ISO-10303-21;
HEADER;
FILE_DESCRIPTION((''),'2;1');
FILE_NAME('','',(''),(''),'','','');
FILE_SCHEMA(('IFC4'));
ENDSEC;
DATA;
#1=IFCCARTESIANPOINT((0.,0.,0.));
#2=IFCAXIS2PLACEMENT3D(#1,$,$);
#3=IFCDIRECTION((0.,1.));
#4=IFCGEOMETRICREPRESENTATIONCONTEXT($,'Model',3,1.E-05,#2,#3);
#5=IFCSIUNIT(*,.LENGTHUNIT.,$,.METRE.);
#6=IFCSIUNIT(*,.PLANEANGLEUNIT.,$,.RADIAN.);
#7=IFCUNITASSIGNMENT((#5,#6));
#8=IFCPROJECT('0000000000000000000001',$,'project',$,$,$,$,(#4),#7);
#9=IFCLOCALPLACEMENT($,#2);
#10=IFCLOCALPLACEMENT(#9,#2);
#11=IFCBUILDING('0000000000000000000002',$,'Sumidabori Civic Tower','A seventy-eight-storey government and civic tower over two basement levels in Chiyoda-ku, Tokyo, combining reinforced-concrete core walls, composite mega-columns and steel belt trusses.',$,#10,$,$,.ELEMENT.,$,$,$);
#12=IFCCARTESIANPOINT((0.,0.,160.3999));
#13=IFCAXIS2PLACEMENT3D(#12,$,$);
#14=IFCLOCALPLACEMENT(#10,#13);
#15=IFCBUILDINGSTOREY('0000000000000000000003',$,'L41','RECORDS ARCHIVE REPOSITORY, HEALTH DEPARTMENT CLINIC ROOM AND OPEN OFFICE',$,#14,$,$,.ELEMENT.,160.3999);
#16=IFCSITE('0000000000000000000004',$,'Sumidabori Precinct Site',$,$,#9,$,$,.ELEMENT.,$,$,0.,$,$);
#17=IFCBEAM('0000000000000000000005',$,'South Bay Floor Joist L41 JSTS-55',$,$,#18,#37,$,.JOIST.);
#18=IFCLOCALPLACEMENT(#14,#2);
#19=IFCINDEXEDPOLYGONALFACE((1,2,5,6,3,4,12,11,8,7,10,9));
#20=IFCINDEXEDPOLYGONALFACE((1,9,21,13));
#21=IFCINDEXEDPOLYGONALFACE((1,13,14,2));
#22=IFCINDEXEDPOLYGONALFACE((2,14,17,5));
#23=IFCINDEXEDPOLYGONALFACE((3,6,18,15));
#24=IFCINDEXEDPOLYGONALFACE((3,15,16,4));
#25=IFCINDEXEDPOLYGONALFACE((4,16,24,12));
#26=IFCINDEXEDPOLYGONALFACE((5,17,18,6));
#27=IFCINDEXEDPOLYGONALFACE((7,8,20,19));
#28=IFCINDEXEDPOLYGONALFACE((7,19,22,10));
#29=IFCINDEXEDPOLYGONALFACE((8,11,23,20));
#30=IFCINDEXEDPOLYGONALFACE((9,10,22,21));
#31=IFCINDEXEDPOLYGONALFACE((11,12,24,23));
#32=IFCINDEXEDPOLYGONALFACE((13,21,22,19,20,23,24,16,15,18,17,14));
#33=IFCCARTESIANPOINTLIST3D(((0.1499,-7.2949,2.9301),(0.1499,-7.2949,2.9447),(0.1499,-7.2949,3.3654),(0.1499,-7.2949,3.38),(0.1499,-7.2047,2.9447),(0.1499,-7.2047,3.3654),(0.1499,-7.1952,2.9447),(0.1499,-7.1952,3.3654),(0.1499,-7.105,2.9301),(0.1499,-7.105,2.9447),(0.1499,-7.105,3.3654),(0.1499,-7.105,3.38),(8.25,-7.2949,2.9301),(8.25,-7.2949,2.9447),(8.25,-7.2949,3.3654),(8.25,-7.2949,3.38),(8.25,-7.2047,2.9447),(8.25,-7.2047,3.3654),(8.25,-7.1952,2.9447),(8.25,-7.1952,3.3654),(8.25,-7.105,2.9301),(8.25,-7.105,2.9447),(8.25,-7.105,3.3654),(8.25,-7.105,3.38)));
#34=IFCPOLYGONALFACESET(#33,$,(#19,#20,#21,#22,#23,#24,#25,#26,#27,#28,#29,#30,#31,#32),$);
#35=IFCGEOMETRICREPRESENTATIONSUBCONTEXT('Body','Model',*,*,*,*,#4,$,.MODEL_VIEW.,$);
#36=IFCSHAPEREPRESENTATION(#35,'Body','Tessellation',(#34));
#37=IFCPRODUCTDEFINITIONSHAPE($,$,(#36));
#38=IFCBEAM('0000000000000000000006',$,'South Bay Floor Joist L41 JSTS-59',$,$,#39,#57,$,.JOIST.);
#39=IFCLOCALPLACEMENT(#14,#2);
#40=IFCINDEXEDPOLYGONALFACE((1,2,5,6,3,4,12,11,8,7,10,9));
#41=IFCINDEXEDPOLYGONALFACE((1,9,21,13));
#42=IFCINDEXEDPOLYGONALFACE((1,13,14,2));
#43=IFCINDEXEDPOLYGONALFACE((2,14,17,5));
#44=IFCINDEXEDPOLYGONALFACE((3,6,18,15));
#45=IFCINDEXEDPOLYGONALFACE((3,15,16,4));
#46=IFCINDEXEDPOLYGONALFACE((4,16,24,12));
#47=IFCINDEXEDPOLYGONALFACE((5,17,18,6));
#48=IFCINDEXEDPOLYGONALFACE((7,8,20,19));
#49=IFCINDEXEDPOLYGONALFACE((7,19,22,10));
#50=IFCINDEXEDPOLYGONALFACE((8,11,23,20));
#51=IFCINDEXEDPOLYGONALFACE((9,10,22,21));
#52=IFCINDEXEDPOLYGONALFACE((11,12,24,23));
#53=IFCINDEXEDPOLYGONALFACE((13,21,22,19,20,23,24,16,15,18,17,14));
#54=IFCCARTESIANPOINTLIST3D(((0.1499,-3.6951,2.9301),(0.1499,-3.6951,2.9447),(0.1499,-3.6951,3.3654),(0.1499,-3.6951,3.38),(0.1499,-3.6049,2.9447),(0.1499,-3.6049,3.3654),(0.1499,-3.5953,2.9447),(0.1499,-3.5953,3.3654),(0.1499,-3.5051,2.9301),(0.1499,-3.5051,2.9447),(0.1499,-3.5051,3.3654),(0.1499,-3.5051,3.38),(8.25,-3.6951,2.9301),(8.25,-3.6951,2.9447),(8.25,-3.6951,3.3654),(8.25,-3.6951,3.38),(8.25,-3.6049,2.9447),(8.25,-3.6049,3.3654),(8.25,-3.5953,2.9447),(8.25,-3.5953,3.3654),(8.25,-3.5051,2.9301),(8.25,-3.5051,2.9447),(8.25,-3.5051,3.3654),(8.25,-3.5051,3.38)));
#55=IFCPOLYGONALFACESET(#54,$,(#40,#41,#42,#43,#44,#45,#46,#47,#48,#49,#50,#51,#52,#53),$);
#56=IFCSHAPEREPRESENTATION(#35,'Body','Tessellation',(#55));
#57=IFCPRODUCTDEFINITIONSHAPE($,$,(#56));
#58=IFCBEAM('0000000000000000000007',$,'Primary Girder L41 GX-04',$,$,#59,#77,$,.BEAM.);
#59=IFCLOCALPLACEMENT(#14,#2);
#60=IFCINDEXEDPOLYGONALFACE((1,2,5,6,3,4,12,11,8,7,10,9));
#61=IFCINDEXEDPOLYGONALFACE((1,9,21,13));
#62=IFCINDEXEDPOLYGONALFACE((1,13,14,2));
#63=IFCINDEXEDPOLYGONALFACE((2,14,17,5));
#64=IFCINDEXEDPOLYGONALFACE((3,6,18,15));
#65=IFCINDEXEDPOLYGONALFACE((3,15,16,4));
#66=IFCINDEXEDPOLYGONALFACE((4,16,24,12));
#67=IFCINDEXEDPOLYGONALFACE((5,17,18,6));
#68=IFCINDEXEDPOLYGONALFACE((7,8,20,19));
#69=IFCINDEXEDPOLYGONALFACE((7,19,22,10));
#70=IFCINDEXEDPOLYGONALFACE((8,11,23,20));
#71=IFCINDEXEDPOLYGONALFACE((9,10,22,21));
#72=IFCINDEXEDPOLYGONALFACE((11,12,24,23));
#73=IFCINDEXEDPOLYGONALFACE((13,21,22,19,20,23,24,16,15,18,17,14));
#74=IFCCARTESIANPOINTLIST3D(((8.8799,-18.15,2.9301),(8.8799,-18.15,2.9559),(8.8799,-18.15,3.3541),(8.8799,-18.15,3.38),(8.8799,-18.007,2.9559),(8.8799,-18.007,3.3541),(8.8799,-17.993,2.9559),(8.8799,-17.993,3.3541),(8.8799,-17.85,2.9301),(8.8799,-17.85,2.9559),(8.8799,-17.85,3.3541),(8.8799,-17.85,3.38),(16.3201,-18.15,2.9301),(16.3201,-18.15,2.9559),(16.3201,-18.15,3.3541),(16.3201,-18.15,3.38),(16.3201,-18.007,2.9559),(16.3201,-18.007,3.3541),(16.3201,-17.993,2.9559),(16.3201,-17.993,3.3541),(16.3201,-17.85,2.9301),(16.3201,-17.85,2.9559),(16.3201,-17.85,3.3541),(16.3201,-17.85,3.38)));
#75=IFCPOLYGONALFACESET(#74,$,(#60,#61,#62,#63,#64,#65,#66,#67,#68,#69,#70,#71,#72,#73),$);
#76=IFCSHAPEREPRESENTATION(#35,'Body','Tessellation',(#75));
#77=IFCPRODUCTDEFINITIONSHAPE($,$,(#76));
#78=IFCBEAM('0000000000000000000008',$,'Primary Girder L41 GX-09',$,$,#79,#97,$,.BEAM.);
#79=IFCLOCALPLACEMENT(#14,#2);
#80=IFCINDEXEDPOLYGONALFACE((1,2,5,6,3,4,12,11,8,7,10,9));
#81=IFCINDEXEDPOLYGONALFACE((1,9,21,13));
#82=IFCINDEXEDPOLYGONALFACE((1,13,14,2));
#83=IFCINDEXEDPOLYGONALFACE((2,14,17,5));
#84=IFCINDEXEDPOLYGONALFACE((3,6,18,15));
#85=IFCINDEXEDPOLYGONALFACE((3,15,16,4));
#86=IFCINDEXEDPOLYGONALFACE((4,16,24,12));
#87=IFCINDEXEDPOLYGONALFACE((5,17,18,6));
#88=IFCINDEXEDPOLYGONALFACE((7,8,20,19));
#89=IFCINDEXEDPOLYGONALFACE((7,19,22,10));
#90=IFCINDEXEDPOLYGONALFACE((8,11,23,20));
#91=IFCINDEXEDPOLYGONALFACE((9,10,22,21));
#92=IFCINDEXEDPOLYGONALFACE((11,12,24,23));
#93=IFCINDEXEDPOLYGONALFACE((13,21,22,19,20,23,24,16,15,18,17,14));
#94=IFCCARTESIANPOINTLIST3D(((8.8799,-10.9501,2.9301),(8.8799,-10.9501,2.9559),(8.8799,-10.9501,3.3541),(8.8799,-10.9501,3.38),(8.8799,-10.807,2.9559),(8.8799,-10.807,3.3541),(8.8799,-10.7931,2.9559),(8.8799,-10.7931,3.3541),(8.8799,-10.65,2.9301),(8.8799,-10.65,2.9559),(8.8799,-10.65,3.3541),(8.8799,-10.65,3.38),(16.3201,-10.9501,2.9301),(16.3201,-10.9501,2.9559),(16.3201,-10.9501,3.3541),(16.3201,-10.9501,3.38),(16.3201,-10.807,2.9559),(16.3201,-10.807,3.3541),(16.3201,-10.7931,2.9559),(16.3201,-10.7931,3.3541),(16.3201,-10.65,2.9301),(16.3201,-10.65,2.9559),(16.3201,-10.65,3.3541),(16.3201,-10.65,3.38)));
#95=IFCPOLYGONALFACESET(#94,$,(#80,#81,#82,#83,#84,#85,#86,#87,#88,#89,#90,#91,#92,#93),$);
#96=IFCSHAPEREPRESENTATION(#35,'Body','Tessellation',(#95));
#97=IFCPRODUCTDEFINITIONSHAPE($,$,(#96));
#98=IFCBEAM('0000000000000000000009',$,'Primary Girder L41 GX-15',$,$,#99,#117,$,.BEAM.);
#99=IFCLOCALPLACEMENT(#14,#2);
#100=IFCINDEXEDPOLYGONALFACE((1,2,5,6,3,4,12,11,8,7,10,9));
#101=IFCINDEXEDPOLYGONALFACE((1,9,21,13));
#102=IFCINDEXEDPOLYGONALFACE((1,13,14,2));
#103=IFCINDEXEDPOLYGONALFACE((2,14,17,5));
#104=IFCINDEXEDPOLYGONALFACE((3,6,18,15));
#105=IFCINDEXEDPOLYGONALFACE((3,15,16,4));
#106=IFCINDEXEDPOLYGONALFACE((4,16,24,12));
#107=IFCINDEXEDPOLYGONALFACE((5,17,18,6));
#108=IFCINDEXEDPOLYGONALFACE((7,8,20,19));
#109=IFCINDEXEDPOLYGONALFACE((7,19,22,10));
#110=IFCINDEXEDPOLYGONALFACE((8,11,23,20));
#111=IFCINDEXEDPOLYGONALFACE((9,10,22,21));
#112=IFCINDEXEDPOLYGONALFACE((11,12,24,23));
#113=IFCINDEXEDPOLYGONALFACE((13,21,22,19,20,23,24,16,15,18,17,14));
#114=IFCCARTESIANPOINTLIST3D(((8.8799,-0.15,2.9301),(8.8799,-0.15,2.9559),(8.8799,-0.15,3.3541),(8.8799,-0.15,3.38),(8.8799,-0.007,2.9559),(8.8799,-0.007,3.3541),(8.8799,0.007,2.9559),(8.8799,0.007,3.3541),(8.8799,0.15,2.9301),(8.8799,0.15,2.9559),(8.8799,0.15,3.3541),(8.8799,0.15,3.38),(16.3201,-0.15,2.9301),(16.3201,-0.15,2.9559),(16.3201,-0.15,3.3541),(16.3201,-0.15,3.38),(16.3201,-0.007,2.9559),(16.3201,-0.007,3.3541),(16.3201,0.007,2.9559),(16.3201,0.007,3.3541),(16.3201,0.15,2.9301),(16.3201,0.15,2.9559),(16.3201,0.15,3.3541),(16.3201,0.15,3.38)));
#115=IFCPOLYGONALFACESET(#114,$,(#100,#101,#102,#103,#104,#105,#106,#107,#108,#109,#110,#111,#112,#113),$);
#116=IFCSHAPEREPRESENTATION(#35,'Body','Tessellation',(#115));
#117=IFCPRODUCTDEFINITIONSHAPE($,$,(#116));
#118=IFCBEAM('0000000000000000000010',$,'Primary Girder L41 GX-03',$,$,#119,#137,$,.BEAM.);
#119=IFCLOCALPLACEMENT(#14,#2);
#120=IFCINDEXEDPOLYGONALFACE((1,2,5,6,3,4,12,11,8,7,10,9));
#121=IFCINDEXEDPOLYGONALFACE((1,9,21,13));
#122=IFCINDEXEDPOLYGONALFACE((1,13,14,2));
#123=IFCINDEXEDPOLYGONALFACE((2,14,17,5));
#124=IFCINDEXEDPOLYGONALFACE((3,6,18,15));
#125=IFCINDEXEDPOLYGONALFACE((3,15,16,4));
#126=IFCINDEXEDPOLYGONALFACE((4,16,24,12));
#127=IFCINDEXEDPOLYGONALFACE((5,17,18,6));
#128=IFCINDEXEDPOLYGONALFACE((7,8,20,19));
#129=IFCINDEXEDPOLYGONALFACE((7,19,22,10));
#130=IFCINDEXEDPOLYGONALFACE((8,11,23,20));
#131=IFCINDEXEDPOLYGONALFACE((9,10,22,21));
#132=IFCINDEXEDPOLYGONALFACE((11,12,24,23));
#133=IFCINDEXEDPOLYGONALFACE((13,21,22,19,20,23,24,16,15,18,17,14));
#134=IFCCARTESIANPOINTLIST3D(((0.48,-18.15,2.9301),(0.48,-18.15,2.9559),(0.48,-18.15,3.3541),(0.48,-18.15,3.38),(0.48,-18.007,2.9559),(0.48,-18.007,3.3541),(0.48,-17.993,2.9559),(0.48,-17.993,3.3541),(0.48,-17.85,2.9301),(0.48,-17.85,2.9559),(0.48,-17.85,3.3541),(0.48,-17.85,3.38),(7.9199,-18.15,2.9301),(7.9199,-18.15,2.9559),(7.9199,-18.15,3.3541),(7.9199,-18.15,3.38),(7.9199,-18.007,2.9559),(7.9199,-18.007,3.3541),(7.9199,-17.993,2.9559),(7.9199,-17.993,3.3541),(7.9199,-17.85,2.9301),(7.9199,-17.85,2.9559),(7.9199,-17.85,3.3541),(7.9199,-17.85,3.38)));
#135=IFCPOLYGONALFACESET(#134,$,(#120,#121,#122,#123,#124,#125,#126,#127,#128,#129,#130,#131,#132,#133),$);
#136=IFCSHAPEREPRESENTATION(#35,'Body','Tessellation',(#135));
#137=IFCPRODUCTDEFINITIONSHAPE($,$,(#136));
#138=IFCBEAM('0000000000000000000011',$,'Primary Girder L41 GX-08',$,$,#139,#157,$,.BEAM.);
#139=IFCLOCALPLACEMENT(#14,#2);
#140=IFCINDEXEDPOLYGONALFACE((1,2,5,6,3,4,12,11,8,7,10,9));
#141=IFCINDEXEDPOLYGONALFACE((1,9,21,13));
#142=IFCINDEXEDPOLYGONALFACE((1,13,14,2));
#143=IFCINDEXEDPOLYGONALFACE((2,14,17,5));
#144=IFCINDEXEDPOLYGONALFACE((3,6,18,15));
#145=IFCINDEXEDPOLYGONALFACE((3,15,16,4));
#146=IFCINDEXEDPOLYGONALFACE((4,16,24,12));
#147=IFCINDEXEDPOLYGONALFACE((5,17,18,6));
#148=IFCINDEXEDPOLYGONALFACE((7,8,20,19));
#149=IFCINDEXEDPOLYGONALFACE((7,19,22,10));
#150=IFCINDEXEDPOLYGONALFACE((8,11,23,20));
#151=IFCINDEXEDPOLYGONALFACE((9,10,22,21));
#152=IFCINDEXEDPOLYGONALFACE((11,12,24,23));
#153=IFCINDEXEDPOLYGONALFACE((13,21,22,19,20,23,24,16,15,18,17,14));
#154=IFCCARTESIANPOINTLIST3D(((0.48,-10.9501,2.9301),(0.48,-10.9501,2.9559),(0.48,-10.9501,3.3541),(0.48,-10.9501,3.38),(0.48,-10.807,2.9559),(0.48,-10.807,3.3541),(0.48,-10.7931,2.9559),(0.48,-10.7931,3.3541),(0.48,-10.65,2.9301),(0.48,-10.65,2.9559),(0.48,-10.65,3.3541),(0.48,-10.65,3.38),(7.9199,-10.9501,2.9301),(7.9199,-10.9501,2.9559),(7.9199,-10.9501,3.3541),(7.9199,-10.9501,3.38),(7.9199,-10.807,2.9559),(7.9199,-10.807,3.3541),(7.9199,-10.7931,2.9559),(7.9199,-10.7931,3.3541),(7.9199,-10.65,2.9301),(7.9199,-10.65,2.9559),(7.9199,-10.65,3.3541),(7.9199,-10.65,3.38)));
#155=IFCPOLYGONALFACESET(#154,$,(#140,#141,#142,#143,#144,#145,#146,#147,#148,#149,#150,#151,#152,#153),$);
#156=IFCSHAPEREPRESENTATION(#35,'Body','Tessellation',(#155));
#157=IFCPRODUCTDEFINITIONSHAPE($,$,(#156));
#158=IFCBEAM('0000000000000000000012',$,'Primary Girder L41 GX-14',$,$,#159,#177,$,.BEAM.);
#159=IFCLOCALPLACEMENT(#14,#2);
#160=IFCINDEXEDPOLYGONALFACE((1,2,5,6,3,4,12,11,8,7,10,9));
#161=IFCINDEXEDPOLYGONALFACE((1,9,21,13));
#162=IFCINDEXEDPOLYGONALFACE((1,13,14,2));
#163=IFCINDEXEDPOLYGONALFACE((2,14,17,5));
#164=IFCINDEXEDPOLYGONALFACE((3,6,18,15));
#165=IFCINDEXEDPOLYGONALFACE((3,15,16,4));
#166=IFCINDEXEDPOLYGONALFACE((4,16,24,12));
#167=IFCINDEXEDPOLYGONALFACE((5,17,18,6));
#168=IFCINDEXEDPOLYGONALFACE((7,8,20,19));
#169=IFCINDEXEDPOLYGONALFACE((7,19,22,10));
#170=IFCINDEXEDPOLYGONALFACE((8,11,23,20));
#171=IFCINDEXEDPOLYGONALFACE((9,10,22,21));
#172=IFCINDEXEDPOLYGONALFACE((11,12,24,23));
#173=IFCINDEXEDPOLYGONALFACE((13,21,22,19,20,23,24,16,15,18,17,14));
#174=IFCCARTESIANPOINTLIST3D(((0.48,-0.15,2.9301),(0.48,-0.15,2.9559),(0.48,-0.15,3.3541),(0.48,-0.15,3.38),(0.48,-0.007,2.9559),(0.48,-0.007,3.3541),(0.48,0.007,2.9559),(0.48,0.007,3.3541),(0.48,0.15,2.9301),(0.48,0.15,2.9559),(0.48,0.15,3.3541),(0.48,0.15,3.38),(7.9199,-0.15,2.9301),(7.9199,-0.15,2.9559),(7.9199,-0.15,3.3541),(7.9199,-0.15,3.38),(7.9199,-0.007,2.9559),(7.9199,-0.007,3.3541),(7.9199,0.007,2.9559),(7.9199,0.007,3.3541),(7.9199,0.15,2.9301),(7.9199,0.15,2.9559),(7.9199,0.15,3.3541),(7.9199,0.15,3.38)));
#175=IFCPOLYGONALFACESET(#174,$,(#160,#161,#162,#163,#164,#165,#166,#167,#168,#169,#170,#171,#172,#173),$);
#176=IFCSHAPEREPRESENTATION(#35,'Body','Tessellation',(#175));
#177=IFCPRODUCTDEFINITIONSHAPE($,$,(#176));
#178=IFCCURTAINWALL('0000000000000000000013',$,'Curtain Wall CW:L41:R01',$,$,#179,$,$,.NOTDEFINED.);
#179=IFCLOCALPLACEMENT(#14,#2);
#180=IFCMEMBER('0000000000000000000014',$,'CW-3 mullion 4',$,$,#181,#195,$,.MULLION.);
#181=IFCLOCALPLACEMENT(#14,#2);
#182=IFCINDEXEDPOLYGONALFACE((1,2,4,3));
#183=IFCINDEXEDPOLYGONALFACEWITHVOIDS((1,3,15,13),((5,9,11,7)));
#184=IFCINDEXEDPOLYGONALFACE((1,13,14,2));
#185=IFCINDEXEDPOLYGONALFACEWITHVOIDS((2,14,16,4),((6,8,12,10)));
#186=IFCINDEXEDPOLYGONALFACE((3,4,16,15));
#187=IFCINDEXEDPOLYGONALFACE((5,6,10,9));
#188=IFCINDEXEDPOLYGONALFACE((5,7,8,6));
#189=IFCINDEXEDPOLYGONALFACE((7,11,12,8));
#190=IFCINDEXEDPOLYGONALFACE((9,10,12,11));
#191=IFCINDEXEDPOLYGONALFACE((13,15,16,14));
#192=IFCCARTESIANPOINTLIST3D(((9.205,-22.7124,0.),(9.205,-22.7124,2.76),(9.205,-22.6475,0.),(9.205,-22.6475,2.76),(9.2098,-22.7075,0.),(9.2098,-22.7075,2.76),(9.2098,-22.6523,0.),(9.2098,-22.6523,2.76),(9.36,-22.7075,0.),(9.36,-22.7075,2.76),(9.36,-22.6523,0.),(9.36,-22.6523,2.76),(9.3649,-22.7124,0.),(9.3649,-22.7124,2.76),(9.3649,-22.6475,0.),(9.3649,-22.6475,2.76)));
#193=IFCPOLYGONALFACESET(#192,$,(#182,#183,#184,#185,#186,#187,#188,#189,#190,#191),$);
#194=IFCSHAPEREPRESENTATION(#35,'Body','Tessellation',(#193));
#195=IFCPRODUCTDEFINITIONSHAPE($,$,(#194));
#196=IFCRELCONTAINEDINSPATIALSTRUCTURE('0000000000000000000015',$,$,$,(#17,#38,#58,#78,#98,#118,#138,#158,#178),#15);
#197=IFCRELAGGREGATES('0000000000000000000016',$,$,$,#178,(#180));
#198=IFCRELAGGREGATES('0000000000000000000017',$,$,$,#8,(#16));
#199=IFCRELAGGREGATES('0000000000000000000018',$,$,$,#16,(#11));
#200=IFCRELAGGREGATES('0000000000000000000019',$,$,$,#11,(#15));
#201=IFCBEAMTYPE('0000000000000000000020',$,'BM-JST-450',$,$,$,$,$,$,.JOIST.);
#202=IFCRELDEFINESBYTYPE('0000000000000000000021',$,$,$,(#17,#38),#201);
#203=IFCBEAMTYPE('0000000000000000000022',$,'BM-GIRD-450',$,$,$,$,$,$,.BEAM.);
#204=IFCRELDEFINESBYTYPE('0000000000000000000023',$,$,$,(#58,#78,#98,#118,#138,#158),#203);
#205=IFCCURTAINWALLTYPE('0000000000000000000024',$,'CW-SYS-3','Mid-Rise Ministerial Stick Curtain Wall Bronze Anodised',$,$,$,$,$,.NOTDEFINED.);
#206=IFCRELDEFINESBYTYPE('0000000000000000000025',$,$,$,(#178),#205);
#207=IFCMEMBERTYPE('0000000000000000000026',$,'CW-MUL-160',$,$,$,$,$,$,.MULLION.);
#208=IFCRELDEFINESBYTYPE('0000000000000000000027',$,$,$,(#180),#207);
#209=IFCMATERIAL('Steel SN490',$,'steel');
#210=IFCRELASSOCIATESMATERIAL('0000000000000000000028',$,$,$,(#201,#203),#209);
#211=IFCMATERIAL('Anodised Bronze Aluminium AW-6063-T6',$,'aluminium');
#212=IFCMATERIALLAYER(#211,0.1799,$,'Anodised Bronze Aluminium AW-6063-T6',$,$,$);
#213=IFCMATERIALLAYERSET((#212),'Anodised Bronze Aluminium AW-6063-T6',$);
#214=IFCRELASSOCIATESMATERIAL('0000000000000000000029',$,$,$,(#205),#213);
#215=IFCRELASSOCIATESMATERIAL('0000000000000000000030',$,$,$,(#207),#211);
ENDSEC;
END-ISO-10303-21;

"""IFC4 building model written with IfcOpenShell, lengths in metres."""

from ifc_helpers import new_model, si_unit, direction, frame, origin, origin_2d, place, context, subcontext, project, spatial, hollow_rectangle, i_section, extrude, source, transform, mapped, material, layer, layer_set, material_profile, profile_set, type_object, element, aggregate, save


model = new_model("IFC4")

# Units and contexts
model_context = context("Model", 3, precision=1e-05, world=origin(), true_north=direction((0.0, 1.0)))
body_context = subcontext(model_context, "Body", "Model", "MODEL_VIEW")
ifc_project = project(units=[si_unit("LENGTHUNIT", "METRE"), si_unit("PLANEANGLEUNIT", "RADIAN")], contexts=[model_context])

# Site, building, storey
site_placement = place(None, origin())
site = spatial("IfcSite", under=ifc_project, at=site_placement, Name="Sumidabori Precinct Site", CompositionType="ELEMENT", RefElevation=0.0)
building_placement = place(site_placement, origin())
building = spatial("IfcBuilding", under=site, at=building_placement, Name="Sumidabori Civic Tower", Description="A seventy-eight-storey government and civic tower over two basement levels in Chiyoda-ku, Tokyo, combining reinforced-concrete core walls, composite mega-columns and steel belt trusses.", CompositionType="ELEMENT")
storey_placement = place(building_placement, frame((0.0, 0.0, 160.3999)))
storey = spatial("IfcBuildingStorey", under=building, at=storey_placement, Name="L41", Description="RECORDS ARCHIVE REPOSITORY, HEALTH DEPARTMENT CLINIC ROOM AND OPEN OFFICE", CompositionType="ELEMENT", Elevation=160.3999)

# Beams
ifc_material_1 = material(Name="Steel SN490", Category="steel")
ifc_material_profile_1 = material_profile(ifc_material_1, i_section(OverallWidth=0.1899, OverallDepth=0.45, WebThickness=0.0095, FlangeThickness=0.0146, at=origin_2d()), Name="IPE 450")
ifc_profile_set_1 = profile_set([ifc_material_profile_1], Name="Steel SN490")
beam_type_1 = type_object("IfcBeamType", Name="BM-JST-450", PredefinedType="JOIST", material=ifc_profile_set_1)
shared_shape_1 = source(origin(), body_context, "Body", "SweptSolid", [
    extrude(i_section(OverallWidth=0.1899, OverallDepth=0.45, WebThickness=0.0095, FlangeThickness=0.0146, at=origin_2d()), origin(), (0.0, 0.0, 1.0), 8.1001),
])
for number, where, z_axis, x_axis, name in (
    (1, (0.1499, -7.2, 3.155), (1.0, 0.0, 0.0), (0.0, 1.0, 0.0), "South Bay Floor Joist L41 JSTS-55"),
    (2, (0.1499, -3.6001, 3.155), (1.0, 0.0, 0.0), (0.0, 1.0, 0.0), "South Bay Floor Joist L41 JSTS-59"),
):
    element("IfcBeam", number, at=place(storey_placement, frame(where, z_axis=z_axis, x_axis=x_axis)), inside=storey, type_object=beam_type_1, Name=name, PredefinedType="JOIST", context=body_context, shape_type="MappedRepresentation", body=[
        mapped(shared_shape_1, transform((0.0, 0.0, 0.0), x_axis=(1.0, 0.0, 0.0), y_axis=(0.0, 1.0, 0.0), z_axis=(0.0, 0.0, 1.0), scale=1.0)),
    ])
ifc_material_profile_2 = material_profile(ifc_material_1, i_section(OverallWidth=0.3, OverallDepth=0.45, WebThickness=0.0139, FlangeThickness=0.0259, at=origin_2d()), Name="HE 450 B")
ifc_profile_set_2 = profile_set([ifc_material_profile_2], Name="Steel SN490")
beam_type_2 = type_object("IfcBeamType", Name="BM-GIRD-450", PredefinedType="BEAM", material=ifc_profile_set_2)
shared_shape_2 = source(origin(), body_context, "Body", "SweptSolid", [
    extrude(i_section(OverallWidth=0.3, OverallDepth=0.45, WebThickness=0.0139, FlangeThickness=0.0259, at=origin_2d()), origin(), (0.0, 0.0, 1.0), 7.4402),
])
for number, where, z_axis, x_axis, name in (
    (3, (8.8799, -18.0, 3.155), (1.0, 0.0, 0.0), (0.0, 1.0, 0.0), "Primary Girder L41 GX-04"),
    (4, (8.8799, -10.8, 3.155), (1.0, 0.0, 0.0), (0.0, 1.0, 0.0), "Primary Girder L41 GX-09"),
    (5, (8.8799, 0.0, 3.155), (1.0, 0.0, 0.0), (0.0, 1.0, 0.0), "Primary Girder L41 GX-15"),
):
    element("IfcBeam", number, at=place(storey_placement, frame(where, z_axis=z_axis, x_axis=x_axis)), inside=storey, type_object=beam_type_2, Name=name, PredefinedType="BEAM", context=body_context, shape_type="MappedRepresentation", body=[
        mapped(shared_shape_2, transform((0.0, 0.0, 0.0), x_axis=(1.0, 0.0, 0.0), y_axis=(0.0, 1.0, 0.0), z_axis=(0.0, 0.0, 1.0), scale=1.0)),
    ])
shared_shape_3 = source(origin(), body_context, "Body", "SweptSolid", [
    extrude(i_section(OverallWidth=0.3, OverallDepth=0.45, WebThickness=0.0139, FlangeThickness=0.0259, at=origin_2d()), origin(), (0.0, 0.0, 1.0), 7.4399),
])
for number, where, z_axis, x_axis, name in (
    (6, (0.48, -18.0, 3.155), (1.0, 0.0, 0.0), (0.0, 1.0, 0.0), "Primary Girder L41 GX-03"),
    (7, (0.48, -10.8, 3.155), (1.0, 0.0, 0.0), (0.0, 1.0, 0.0), "Primary Girder L41 GX-08"),
    (8, (0.48, 0.0, 3.155), (1.0, 0.0, 0.0), (0.0, 1.0, 0.0), "Primary Girder L41 GX-14"),
):
    element("IfcBeam", number, at=place(storey_placement, frame(where, z_axis=z_axis, x_axis=x_axis)), inside=storey, type_object=beam_type_2, Name=name, PredefinedType="BEAM", context=body_context, shape_type="MappedRepresentation", body=[
        mapped(shared_shape_3, transform((0.0, 0.0, 0.0), x_axis=(1.0, 0.0, 0.0), y_axis=(0.0, 1.0, 0.0), z_axis=(0.0, 0.0, 1.0), scale=1.0)),
    ])

# Curtain wall, member
ifc_material_2 = material(Name="Anodised Bronze Aluminium AW-6063-T6", Category="aluminium")
ifc_layer_1 = layer(ifc_material_2, 0.1799, Name="Anodised Bronze Aluminium AW-6063-T6")
ifc_layer_set_1 = layer_set([ifc_layer_1], Name="Anodised Bronze Aluminium AW-6063-T6")
curtain_wall_type = type_object("IfcCurtainWallType", Name="CW-SYS-3", Description="Mid-Rise Ministerial Stick Curtain Wall Bronze Anodised", PredefinedType="NOTDEFINED", material=ifc_layer_set_1)
curtain_wall_placement = place(storey_placement, origin())
curtain_wall = element("IfcCurtainWall", 9, at=curtain_wall_placement, inside=storey, type_object=curtain_wall_type, Name="Curtain Wall CW:L41:R01", PredefinedType="NOTDEFINED")
ifc_material_profile_3 = material_profile(ifc_material_2, hollow_rectangle(XDim=0.0649, YDim=0.1599, WallThickness=0.0049, at=origin_2d()), Name="ALU MULLION 160x65")
ifc_profile_set_3 = profile_set([ifc_material_profile_3], Name="Anodised Bronze Aluminium AW-6063-T6")
member_type_1 = type_object("IfcMemberType", Name="CW-MUL-160", PredefinedType="MULLION", material=ifc_profile_set_3)
shared_shape_4 = source(origin(), body_context, "Body", "SweptSolid", [
    extrude(hollow_rectangle(XDim=0.0649, YDim=0.1599, WallThickness=0.0049, at=origin_2d()), origin(), (0.0, 0.0, 1.0), 2.76),
])
member_1_placement = place(storey_placement, frame((9.2849, -22.6799, 0.0), z_axis=(0.0, 0.0, 1.0), x_axis=(0.0, 1.0, 0.0)))
member_1 = element("IfcMember", 10, at=member_1_placement, type_object=member_type_1, Name="CW-3 mullion 4", PredefinedType="MULLION", context=body_context, shape_type="MappedRepresentation", body=[
    mapped(shared_shape_4, transform((0.0, 0.0, 0.0), x_axis=(1.0, 0.0, 0.0), y_axis=(0.0, 1.0, 0.0), z_axis=(0.0, 0.0, 1.0), scale=1.0)),
])
aggregate(curtain_wall, [member_1])

save(model, "model.ifc")
